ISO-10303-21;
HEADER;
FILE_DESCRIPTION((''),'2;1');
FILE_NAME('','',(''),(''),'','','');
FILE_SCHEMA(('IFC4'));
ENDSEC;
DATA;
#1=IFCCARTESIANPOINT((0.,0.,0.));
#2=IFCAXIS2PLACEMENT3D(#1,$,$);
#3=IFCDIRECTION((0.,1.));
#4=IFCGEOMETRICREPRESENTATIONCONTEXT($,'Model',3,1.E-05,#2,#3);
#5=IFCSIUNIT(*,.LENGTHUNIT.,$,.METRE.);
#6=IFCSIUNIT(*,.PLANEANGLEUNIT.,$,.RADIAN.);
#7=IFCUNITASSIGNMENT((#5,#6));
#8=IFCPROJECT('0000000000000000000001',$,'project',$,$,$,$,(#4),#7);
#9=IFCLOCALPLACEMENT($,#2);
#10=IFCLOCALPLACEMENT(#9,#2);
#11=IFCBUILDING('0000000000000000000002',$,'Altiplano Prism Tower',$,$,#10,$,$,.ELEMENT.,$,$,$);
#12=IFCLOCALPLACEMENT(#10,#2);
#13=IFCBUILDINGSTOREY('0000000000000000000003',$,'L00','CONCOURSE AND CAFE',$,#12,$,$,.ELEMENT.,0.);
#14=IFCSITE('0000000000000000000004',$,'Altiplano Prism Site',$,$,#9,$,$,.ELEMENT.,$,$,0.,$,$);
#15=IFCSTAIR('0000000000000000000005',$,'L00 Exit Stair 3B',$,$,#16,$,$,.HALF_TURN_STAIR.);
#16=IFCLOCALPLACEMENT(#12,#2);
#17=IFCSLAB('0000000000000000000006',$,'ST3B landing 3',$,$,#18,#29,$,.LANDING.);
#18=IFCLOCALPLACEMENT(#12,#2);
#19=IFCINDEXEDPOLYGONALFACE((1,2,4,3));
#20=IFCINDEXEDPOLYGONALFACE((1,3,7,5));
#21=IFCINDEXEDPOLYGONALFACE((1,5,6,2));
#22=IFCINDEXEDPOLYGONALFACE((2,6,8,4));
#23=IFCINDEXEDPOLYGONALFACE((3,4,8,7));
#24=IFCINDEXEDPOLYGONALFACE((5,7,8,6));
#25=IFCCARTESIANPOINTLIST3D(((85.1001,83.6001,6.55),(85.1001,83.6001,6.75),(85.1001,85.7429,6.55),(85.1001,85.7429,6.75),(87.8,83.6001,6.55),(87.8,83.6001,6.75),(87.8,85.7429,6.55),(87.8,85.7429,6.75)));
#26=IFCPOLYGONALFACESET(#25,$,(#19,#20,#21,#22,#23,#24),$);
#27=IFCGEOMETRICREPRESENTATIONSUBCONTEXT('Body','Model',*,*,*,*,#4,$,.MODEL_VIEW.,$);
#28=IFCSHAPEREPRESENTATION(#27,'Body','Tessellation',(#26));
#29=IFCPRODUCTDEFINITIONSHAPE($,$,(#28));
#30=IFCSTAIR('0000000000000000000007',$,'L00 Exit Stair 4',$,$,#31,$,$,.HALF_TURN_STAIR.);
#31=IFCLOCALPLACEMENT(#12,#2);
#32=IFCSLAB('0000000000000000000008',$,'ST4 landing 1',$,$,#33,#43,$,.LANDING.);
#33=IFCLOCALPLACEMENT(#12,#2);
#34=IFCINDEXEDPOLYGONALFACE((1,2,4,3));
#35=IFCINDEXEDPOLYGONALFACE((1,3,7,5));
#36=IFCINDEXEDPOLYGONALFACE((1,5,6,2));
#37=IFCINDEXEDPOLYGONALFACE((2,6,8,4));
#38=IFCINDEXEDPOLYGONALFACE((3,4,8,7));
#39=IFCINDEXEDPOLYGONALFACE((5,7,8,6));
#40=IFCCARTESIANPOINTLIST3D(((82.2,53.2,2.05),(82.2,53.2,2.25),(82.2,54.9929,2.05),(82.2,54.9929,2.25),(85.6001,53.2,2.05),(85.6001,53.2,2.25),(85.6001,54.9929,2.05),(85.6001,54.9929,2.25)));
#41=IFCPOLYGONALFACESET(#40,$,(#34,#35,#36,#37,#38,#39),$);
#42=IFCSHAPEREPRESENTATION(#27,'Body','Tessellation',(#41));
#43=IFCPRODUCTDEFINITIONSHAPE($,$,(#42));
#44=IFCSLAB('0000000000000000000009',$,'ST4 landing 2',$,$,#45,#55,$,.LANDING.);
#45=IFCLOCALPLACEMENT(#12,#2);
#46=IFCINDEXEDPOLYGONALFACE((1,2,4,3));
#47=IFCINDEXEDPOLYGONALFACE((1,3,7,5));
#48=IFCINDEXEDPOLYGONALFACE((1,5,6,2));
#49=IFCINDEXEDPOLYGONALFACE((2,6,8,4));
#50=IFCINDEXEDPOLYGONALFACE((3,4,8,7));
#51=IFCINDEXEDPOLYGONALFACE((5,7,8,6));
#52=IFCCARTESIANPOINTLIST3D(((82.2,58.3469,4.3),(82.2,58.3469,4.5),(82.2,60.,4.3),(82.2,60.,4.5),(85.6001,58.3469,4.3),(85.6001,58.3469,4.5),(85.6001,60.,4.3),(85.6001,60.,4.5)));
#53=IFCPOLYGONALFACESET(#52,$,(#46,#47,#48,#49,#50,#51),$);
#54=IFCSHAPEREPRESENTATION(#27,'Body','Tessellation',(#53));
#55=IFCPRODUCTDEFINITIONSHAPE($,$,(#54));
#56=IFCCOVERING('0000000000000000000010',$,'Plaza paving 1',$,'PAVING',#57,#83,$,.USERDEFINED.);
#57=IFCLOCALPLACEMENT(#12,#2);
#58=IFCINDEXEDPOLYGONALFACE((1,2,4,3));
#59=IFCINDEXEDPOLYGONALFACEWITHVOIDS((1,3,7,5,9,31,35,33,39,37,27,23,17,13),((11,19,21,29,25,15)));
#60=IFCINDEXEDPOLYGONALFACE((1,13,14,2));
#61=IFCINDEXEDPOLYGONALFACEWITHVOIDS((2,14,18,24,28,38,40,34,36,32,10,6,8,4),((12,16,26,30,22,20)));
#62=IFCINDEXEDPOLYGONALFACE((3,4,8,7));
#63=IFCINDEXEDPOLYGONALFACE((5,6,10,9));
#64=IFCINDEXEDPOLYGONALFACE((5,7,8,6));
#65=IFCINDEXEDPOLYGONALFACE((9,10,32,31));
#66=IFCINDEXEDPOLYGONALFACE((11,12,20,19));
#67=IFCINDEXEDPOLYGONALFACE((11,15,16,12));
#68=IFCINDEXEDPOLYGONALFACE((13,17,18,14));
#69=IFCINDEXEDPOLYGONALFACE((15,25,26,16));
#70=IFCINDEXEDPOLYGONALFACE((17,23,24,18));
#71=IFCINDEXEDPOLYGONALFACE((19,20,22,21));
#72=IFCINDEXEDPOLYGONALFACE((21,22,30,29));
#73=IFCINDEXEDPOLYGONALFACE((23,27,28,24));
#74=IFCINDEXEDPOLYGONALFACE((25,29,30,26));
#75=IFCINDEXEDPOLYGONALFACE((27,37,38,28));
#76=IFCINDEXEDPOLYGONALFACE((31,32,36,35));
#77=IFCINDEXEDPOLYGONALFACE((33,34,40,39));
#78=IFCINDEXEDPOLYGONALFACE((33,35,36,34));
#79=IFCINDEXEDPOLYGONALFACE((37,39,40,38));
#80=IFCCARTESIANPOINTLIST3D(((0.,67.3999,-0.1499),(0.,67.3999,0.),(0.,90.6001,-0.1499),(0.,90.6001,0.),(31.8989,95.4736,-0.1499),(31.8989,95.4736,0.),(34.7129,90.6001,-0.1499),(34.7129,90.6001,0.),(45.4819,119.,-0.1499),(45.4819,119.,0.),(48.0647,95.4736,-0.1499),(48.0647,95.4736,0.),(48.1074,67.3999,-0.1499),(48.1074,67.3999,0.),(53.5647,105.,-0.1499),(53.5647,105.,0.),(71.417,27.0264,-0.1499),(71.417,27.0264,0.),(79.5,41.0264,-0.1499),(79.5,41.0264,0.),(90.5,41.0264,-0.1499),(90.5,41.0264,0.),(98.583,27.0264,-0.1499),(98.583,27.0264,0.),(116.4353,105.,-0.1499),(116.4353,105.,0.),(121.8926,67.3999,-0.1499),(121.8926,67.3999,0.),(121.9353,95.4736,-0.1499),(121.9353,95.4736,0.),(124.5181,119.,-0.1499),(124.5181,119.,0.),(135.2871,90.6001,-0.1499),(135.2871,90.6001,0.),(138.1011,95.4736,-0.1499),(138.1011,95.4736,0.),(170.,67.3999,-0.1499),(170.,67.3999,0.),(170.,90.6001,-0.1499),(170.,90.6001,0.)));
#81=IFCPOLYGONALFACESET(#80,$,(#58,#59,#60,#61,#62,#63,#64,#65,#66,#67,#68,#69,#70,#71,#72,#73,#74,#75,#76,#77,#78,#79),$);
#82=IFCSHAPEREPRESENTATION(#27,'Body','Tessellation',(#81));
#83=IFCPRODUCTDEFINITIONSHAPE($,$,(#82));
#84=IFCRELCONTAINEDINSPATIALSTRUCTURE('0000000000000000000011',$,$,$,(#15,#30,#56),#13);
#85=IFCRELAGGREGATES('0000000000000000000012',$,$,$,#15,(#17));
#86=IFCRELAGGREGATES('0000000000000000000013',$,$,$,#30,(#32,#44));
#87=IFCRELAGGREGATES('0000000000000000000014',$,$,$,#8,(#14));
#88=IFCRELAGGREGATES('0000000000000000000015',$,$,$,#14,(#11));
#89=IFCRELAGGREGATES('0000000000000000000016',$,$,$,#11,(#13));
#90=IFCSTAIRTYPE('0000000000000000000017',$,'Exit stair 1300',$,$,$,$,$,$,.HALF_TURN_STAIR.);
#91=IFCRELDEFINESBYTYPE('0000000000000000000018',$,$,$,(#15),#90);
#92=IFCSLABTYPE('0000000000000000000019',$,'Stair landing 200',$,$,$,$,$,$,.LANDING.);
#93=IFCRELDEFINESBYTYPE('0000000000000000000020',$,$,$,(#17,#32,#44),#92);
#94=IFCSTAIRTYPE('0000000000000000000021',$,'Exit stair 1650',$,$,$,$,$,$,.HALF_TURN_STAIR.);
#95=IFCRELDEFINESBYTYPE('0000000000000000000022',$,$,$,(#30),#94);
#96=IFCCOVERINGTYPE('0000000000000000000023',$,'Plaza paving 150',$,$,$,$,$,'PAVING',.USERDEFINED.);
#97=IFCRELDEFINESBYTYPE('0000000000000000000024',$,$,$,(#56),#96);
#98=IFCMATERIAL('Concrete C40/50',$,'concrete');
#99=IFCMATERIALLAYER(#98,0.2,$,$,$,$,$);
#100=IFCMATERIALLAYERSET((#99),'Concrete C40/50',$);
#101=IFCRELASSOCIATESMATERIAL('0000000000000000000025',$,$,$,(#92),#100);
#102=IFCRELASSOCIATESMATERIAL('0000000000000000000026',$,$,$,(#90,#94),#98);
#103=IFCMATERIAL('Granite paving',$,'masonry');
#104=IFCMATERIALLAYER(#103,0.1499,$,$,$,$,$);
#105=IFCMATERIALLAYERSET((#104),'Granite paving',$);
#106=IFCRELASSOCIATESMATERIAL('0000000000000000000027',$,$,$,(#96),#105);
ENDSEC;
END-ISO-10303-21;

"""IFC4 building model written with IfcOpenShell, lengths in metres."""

from ifc_helpers import new_model, si_unit, direction, frame, origin, place, context, subcontext, project, spatial, polyline, outline, extrude, material, layer, layer_set, type_object, element, aggregate, save


model = new_model("IFC4")

# Units and contexts
model_context = context("Model", 3, precision=1e-05, world=origin(), true_north=direction((0.0, 1.0)))
body_context = subcontext(model_context, "Body", "Model", "MODEL_VIEW")
ifc_project = project(units=[si_unit("LENGTHUNIT", "METRE"), si_unit("PLANEANGLEUNIT", "RADIAN")], contexts=[model_context])

# Site, building, storey
site_placement = place(None, origin())
site = spatial("IfcSite", under=ifc_project, at=site_placement, Name="Altiplano Prism Site", CompositionType="ELEMENT", RefElevation=0.0)
building_placement = place(site_placement, origin())
building = spatial("IfcBuilding", under=site, at=building_placement, Name="Altiplano Prism Tower", CompositionType="ELEMENT")
storey_placement = place(building_placement, origin())
storey = spatial("IfcBuildingStorey", under=building, at=storey_placement, Name="L00", Description="CONCOURSE AND CAFE", CompositionType="ELEMENT", Elevation=0.0)

# Shared definitions
ifc_material_1 = material(Name="Concrete C40/50", Category="concrete")

# Stairs, slabs
ifc_layer_1 = layer(ifc_material_1, 0.2)
ifc_layer_set_1 = layer_set([ifc_layer_1], Name="Concrete C40/50")
slab_type_1 = type_object("IfcSlabType", Name="Stair landing 200", PredefinedType="LANDING", material=ifc_layer_set_1)
stair_type_1 = type_object("IfcStairType", Name="Exit stair 1300", PredefinedType="HALF_TURN_STAIR", material=ifc_material_1)
stair_1_placement = place(storey_placement, origin())
stair_1 = element("IfcStair", 1, at=stair_1_placement, inside=storey, type_object=stair_type_1, Name="L00 Exit Stair 3B", PredefinedType="HALF_TURN_STAIR")
slab_1_placement = place(storey_placement, frame((0.0, 0.0, 6.55)))
slab_1 = element("IfcSlab", 2, at=slab_1_placement, type_object=slab_type_1, Name="ST3B landing 3", PredefinedType="LANDING", context=body_context, shape_type="SweptSolid", body=[
    extrude(outline(polyline([(85.1001, 85.7429), (85.1001, 83.6001), (87.8, 83.6001), (87.8, 85.7429), (85.1001, 85.7429)])), origin(), (0.0, 0.0, 1.0), 0.2),
])
aggregate(stair_1, [slab_1])
stair_type_2 = type_object("IfcStairType", Name="Exit stair 1650", PredefinedType="HALF_TURN_STAIR", material=ifc_material_1)
stair_2_placement = place(storey_placement, origin())
stair_2 = element("IfcStair", 3, at=stair_2_placement, inside=storey, type_object=stair_type_2, Name="L00 Exit Stair 4", PredefinedType="HALF_TURN_STAIR")
slab_2_placement = place(storey_placement, frame((0.0, 0.0, 2.05)))
slab_2 = element("IfcSlab", 4, at=slab_2_placement, type_object=slab_type_1, Name="ST4 landing 1", PredefinedType="LANDING", context=body_context, shape_type="SweptSolid", body=[
    extrude(outline(polyline([(82.2, 54.9929), (82.2, 53.2), (85.6001, 53.2), (85.6001, 54.9929), (82.2, 54.9929)])), origin(), (0.0, 0.0, 1.0), 0.2),
])
slab_3_placement = place(storey_placement, frame((0.0, 0.0, 4.3)))
slab_3 = element("IfcSlab", 5, at=slab_3_placement, type_object=slab_type_1, Name="ST4 landing 2", PredefinedType="LANDING", context=body_context, shape_type="SweptSolid", body=[
    extrude(outline(polyline([(82.2, 60.0), (82.2, 58.3469), (85.6001, 58.3469), (85.6001, 60.0), (82.2, 60.0)])), origin(), (0.0, 0.0, 1.0), 0.2),
])
aggregate(stair_2, [slab_2, slab_3])

# Covering
ifc_material_2 = material(Name="Granite paving", Category="masonry")
ifc_layer_2 = layer(ifc_material_2, 0.1499)
ifc_layer_set_2 = layer_set([ifc_layer_2], Name="Granite paving")
covering_type = type_object("IfcCoveringType", Name="Plaza paving 150", ElementType="PAVING", PredefinedType="USERDEFINED", material=ifc_layer_set_2)
covering_placement = place(storey_placement, frame((0.0, 0.0, -0.1499)))
element("IfcCovering", 6, at=covering_placement, inside=storey, type_object=covering_type, Name="Plaza paving 1", ObjectType="PAVING", PredefinedType="USERDEFINED", context=body_context, shape_type="SweptSolid", body=[
    extrude(outline(polyline([(170.0, 90.6001), (170.0, 67.3999), (121.8926, 67.3999), (98.583, 27.0264), (71.417, 27.0264), (48.1074, 67.3999), (0.0, 67.3999), (0.0, 90.6001), (34.7129, 90.6001), (31.8989, 95.4736), (45.4819, 119.0), (124.5181, 119.0), (138.1011, 95.4736), (135.2871, 90.6001), (170.0, 90.6001)]), holes=[polyline([(53.5647, 105.0), (48.0647, 95.4736), (79.5, 41.0264), (90.5, 41.0264), (121.9353, 95.4736), (116.4353, 105.0), (53.5647, 105.0)])]), origin(), (0.0, 0.0, 1.0), 0.1499),
])

save(model, "model.ifc")
